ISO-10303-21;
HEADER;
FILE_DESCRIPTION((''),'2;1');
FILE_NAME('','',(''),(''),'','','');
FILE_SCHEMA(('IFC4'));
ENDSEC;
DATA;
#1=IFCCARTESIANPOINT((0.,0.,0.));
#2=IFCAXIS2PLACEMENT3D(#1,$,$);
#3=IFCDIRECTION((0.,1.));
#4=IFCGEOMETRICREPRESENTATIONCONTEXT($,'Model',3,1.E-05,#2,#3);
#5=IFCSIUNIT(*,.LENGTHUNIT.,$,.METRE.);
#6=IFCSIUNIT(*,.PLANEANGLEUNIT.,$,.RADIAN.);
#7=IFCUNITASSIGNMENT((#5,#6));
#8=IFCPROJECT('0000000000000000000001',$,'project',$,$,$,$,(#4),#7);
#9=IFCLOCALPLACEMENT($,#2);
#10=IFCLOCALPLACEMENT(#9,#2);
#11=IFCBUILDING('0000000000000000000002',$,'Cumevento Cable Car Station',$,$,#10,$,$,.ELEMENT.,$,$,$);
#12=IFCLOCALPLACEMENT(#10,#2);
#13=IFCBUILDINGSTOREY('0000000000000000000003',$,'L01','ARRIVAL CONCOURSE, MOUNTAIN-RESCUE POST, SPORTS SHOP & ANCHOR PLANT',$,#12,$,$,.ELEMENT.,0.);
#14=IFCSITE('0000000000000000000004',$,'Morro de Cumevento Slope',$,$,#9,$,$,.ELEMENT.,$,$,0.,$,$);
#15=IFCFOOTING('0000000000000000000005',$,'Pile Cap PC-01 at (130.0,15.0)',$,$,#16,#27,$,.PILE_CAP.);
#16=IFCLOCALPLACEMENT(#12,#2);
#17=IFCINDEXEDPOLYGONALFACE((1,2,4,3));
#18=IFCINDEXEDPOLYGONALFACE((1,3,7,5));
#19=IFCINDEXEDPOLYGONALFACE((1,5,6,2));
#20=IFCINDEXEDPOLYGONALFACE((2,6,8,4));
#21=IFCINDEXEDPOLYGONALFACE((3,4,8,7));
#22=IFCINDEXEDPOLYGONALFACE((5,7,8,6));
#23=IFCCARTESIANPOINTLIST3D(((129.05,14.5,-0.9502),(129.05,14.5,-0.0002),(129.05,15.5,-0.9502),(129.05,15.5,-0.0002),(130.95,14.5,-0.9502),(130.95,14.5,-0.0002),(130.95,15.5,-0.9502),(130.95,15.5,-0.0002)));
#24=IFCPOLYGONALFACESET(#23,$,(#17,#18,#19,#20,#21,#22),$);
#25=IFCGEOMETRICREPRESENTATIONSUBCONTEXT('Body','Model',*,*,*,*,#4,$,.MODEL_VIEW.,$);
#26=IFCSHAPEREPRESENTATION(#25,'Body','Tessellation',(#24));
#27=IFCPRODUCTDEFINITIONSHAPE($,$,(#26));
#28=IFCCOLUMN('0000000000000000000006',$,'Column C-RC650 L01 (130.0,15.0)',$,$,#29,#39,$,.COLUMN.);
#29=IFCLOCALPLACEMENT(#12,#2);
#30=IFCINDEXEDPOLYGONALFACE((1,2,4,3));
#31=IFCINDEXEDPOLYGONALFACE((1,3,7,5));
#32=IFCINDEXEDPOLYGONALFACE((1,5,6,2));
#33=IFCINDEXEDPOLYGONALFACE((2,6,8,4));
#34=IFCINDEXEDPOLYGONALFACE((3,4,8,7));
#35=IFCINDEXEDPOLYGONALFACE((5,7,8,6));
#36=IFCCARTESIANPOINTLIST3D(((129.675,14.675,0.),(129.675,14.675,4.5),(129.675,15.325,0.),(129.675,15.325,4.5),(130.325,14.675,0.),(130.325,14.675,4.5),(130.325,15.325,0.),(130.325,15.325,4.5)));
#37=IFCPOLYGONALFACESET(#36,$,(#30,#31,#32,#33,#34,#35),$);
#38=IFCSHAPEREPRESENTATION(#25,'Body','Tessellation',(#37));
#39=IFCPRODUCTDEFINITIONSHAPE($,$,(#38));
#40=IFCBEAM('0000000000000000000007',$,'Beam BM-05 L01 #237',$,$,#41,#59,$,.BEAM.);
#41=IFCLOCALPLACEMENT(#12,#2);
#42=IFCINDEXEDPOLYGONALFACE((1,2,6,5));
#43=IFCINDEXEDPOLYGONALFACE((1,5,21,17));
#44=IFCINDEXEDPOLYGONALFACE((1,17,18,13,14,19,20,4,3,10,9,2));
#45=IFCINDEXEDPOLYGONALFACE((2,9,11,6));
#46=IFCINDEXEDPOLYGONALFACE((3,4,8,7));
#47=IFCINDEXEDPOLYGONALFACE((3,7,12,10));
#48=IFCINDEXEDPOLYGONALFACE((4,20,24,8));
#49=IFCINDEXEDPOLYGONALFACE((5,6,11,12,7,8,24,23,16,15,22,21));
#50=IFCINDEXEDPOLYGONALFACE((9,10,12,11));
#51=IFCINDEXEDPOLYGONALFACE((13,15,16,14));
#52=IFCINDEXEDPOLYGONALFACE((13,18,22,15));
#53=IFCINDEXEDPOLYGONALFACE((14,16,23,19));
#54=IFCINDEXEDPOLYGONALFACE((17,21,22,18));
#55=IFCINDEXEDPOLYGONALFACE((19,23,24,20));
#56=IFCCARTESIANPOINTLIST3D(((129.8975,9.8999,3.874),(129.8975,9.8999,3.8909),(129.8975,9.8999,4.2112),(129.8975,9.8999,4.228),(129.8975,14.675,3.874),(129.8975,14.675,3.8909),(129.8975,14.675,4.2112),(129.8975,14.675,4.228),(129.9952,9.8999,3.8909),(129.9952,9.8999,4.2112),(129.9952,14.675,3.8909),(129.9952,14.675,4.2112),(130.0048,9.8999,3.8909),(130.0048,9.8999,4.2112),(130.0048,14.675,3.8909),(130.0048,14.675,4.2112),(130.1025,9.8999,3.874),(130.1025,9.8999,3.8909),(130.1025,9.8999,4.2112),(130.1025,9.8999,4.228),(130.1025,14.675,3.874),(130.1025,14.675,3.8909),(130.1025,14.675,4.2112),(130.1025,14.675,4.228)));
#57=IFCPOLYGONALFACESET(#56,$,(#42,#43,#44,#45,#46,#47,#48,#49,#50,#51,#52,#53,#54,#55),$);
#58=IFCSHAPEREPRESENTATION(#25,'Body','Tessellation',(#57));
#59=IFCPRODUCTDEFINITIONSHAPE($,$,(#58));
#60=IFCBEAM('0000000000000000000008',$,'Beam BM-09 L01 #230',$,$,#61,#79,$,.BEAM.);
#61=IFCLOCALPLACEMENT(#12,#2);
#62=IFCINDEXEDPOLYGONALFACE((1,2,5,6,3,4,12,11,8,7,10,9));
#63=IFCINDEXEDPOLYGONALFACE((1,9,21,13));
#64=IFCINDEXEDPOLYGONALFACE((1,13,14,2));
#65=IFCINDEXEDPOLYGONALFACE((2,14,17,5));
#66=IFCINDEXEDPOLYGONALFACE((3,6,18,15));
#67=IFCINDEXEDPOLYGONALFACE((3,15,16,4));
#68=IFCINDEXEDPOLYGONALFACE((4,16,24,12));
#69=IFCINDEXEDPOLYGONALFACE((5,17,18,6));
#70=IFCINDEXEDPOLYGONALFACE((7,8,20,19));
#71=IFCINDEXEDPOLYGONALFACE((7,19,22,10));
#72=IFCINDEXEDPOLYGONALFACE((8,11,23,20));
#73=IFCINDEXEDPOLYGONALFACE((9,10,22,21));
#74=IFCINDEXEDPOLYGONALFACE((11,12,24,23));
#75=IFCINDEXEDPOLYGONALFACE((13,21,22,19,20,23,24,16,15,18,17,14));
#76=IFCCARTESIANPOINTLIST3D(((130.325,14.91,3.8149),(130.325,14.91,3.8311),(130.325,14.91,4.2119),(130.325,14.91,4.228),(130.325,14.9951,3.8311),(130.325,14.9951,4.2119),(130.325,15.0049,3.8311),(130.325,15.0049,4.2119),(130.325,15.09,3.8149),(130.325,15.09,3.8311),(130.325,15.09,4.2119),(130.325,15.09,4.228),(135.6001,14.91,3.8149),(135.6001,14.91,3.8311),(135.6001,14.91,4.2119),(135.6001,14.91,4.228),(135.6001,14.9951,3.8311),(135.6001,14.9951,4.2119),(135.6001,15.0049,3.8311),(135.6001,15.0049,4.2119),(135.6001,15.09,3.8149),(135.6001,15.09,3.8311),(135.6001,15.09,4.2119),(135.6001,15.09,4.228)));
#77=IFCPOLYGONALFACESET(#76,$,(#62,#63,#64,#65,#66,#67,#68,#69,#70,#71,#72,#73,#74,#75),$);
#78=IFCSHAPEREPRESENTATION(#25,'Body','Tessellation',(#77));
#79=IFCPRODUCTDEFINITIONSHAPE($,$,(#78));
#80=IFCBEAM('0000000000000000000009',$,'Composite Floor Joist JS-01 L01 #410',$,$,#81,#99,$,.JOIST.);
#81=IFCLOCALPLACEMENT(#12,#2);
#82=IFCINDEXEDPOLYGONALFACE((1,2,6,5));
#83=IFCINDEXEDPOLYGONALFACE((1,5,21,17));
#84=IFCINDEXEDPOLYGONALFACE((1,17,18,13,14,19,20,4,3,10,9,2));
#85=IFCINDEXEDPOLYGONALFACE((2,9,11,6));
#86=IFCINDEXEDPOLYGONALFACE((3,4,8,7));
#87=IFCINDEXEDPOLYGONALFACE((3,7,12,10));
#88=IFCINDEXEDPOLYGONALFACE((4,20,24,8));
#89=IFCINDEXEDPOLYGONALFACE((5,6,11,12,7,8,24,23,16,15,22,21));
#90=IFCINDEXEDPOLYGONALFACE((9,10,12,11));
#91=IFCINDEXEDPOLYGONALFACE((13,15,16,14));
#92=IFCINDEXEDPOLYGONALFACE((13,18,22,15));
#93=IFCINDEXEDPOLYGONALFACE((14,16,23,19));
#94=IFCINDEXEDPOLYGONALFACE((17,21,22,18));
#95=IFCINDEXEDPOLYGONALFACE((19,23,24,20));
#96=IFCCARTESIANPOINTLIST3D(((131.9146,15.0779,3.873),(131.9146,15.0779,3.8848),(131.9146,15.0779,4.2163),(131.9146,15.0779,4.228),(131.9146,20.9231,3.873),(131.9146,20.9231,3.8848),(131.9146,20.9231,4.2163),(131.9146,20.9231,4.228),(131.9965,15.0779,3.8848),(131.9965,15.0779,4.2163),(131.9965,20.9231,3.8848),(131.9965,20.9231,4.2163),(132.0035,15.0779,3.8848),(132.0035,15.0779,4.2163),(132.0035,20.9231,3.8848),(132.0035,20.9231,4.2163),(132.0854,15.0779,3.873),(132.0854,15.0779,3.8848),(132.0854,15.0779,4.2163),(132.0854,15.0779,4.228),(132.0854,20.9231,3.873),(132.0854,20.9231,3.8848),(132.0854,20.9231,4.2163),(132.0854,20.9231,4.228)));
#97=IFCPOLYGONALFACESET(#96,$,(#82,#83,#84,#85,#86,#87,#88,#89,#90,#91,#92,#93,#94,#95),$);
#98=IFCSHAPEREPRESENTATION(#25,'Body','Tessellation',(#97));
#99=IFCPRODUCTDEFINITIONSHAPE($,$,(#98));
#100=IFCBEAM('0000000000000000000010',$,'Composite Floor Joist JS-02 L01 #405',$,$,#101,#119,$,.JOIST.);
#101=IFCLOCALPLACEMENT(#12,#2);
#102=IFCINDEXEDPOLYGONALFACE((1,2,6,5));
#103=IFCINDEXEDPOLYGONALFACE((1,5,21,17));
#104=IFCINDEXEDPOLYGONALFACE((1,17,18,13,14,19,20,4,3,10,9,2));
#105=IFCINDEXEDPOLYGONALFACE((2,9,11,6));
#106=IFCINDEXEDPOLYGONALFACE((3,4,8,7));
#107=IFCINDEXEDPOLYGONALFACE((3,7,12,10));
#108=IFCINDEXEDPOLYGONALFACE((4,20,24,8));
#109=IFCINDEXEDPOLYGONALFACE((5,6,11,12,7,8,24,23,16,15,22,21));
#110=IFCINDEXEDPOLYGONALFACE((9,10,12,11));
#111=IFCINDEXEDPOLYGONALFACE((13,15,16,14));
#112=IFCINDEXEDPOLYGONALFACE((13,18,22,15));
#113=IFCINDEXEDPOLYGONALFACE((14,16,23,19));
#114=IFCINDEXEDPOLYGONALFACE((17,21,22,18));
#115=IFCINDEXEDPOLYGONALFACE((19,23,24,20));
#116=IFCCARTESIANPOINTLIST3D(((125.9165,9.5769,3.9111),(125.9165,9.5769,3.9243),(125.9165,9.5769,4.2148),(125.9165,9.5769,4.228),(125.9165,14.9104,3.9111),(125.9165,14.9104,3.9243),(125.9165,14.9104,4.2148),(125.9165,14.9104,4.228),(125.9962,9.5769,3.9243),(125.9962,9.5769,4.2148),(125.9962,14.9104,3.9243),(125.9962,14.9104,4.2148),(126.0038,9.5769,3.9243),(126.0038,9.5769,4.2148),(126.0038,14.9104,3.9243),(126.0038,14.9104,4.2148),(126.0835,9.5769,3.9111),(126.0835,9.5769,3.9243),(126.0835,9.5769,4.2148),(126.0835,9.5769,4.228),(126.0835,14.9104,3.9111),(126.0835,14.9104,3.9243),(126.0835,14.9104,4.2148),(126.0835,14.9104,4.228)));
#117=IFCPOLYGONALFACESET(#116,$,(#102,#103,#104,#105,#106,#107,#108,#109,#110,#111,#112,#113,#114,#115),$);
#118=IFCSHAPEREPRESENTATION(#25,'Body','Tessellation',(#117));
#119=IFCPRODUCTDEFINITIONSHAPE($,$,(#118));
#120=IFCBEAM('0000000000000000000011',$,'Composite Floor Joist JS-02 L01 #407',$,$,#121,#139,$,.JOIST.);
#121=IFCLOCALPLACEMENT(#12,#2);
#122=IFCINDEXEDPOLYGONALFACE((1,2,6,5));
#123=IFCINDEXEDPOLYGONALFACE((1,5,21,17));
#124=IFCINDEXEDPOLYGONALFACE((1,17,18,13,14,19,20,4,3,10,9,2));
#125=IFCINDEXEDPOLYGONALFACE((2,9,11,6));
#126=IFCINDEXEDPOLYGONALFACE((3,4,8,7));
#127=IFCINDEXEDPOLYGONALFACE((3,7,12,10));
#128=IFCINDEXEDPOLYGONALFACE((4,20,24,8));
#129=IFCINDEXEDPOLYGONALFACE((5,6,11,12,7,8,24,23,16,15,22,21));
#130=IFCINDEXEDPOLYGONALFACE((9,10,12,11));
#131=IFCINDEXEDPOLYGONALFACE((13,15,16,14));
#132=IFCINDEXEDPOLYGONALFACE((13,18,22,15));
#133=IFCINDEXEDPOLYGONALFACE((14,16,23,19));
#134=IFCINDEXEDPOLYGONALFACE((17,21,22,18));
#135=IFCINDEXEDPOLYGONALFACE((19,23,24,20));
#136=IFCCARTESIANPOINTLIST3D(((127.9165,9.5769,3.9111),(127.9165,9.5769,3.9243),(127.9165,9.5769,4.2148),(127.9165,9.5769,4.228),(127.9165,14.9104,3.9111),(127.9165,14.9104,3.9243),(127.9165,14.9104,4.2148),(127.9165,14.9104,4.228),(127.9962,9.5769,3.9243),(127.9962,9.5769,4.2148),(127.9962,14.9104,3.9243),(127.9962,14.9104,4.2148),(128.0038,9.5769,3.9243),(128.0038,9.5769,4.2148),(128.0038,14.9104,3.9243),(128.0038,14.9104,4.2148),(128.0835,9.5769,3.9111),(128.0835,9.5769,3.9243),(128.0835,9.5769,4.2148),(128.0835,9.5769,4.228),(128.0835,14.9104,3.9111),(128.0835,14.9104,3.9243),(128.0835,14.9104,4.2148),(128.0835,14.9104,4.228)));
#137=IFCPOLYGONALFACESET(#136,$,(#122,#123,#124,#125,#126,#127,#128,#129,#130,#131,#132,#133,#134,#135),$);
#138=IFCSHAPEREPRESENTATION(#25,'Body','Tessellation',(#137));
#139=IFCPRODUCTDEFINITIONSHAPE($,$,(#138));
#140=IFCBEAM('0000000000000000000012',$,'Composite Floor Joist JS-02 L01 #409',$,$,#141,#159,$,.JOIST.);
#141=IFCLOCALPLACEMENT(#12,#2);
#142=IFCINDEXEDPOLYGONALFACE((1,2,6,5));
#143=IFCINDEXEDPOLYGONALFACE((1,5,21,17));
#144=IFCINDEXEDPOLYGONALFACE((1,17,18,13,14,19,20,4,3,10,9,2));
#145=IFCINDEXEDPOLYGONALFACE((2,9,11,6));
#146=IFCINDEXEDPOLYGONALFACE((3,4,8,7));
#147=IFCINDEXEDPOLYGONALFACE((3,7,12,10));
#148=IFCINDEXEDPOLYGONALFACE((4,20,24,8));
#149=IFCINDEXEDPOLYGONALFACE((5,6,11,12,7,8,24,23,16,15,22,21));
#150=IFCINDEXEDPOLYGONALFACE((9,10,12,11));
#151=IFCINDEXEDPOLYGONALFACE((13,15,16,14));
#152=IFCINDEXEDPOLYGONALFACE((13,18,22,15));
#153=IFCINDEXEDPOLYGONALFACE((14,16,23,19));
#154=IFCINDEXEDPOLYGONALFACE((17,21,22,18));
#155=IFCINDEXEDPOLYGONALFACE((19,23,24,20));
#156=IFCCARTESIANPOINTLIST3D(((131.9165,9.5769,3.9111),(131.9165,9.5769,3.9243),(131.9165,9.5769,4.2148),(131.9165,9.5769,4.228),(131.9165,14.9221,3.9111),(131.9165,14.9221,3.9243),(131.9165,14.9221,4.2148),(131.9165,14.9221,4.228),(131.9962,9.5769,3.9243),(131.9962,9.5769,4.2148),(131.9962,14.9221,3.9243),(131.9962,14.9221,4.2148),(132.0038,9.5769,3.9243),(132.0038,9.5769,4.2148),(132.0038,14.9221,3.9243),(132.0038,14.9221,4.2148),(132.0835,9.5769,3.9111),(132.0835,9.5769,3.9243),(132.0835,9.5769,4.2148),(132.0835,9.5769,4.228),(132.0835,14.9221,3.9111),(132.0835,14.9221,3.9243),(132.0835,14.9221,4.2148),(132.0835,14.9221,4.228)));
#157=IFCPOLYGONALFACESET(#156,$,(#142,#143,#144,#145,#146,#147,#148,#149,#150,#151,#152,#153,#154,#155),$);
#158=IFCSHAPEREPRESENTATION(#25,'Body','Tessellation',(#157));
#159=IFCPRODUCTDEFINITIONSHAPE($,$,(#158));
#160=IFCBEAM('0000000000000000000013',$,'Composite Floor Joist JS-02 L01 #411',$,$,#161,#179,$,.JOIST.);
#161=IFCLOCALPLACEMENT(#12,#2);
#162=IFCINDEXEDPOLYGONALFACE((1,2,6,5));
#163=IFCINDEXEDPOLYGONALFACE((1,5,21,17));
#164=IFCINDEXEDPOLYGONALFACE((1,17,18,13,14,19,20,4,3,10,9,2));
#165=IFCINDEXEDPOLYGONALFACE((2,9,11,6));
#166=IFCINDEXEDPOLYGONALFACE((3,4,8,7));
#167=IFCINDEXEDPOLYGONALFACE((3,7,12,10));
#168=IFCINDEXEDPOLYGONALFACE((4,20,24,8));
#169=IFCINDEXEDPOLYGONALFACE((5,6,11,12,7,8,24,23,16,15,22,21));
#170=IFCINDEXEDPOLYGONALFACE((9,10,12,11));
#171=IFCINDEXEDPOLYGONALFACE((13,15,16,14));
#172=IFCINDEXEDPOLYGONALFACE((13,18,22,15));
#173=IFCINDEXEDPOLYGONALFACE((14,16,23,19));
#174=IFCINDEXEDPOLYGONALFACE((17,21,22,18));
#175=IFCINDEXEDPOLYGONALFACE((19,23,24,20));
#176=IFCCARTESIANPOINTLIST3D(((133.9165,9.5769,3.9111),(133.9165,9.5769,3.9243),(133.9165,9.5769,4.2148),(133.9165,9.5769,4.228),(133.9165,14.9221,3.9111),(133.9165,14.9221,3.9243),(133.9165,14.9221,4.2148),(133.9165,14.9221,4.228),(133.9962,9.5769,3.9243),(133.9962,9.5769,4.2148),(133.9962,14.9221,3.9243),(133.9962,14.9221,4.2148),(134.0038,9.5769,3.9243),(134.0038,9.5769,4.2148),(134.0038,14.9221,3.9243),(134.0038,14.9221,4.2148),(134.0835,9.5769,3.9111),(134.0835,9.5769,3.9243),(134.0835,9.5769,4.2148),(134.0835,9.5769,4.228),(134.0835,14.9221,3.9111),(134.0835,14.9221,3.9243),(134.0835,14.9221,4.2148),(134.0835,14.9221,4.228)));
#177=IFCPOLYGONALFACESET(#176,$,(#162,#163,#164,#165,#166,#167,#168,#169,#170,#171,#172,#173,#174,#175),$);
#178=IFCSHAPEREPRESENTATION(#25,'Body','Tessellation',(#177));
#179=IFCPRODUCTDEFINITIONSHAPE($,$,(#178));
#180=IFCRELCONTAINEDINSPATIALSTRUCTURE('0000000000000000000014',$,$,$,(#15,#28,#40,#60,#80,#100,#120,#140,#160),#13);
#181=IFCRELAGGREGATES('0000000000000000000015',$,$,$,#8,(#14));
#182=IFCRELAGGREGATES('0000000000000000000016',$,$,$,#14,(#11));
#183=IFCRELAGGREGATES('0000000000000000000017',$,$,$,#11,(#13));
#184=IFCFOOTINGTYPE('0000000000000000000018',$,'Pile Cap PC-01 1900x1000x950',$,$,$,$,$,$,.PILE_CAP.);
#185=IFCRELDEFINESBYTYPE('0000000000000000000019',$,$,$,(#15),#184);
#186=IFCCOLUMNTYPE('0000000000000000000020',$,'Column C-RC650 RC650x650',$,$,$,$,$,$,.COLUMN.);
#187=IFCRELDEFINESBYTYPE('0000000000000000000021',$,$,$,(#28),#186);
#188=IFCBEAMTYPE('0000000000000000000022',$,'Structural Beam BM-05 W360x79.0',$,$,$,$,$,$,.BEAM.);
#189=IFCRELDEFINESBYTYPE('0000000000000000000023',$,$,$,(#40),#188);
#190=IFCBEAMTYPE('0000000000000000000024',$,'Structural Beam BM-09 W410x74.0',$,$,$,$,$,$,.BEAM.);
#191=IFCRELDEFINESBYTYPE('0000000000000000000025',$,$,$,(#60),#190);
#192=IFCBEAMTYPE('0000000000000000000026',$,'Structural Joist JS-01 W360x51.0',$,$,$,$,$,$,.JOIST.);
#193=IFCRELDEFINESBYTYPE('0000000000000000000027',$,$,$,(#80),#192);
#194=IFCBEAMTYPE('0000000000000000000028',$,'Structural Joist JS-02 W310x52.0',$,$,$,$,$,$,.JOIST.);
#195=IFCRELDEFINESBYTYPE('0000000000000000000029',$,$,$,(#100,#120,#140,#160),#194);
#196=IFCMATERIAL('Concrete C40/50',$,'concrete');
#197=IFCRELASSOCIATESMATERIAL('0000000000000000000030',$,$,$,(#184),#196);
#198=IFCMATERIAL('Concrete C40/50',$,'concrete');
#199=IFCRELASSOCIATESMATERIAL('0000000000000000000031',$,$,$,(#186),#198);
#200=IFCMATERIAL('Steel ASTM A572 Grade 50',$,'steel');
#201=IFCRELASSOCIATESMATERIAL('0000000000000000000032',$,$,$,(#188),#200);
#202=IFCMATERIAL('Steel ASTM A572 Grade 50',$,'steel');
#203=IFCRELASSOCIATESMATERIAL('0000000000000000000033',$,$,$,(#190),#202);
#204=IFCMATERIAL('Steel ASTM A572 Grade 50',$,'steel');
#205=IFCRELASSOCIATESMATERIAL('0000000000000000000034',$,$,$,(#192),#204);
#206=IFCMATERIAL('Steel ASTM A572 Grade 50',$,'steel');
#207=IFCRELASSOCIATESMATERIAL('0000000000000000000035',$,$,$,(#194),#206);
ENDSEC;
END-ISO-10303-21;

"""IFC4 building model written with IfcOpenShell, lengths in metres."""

from ifc_helpers import new_model, si_unit, direction, frame, origin, origin_2d, place, context, subcontext, project, spatial, rectangle, i_section, extrude, material, material_profile, profile_set, type_object, element, save


model = new_model("IFC4")

# Units and contexts
model_context = context("Model", 3, precision=1e-05, world=origin(), true_north=direction((0.0, 1.0)))
body_context = subcontext(model_context, "Body", "Model", "MODEL_VIEW")
ifc_project = project(units=[si_unit("LENGTHUNIT", "METRE"), si_unit("PLANEANGLEUNIT", "RADIAN")], contexts=[model_context])

# Site, building, storey
site_placement = place(None, origin())
site = spatial("IfcSite", under=ifc_project, at=site_placement, Name="Morro de Cumevento Slope", CompositionType="ELEMENT", RefElevation=0.0)
building_placement = place(site_placement, origin())
building = spatial("IfcBuilding", under=site, at=building_placement, Name="Cumevento Cable Car Station", CompositionType="ELEMENT")
storey_placement = place(building_placement, origin())
storey = spatial("IfcBuildingStorey", under=building, at=storey_placement, Name="L01", Description="ARRIVAL CONCOURSE, MOUNTAIN-RESCUE POST, SPORTS SHOP & ANCHOR PLANT", CompositionType="ELEMENT", Elevation=0.0)

# Footing
ifc_material_1 = material(Name="Concrete C40/50", Category="concrete")
footing_type = type_object("IfcFootingType", Name="Pile Cap PC-01 1900x1000x950", PredefinedType="PILE_CAP", material=ifc_material_1)
footing_placement = place(storey_placement, frame((130.0, 15.0, -0.9502), z_axis=(0.0, 0.0, 1.0), x_axis=(1.0, 0.0, 0.0)))
element("IfcFooting", 1, at=footing_placement, inside=storey, type_object=footing_type, Name="Pile Cap PC-01 at (130.0,15.0)", PredefinedType="PILE_CAP", context=body_context, shape_type="SweptSolid", body=[
    extrude(rectangle(XDim=1.8999, YDim=1.0, at=origin_2d()), origin(), (0.0, 0.0, 1.0), 0.95),
])

# Column
ifc_material_2 = material(Name="Concrete C40/50", Category="concrete")
ifc_material_profile_1 = material_profile(ifc_material_2, rectangle(XDim=0.6499, YDim=0.6499, at=origin_2d()), Name="RC650x650")
ifc_profile_set_1 = profile_set([ifc_material_profile_1], Name="Concrete C40/50")
column_type = type_object("IfcColumnType", Name="Column C-RC650 RC650x650", PredefinedType="COLUMN", material=ifc_profile_set_1)
column_placement = place(storey_placement, frame((130.0, 15.0, 0.0), z_axis=(0.0, 0.0, 1.0), x_axis=(1.0, 0.0, 0.0)))
element("IfcColumn", 2, at=column_placement, inside=storey, type_object=column_type, Name="Column C-RC650 L01 (130.0,15.0)", PredefinedType="COLUMN", context=body_context, shape_type="SweptSolid", body=[
    extrude(rectangle(XDim=0.6499, YDim=0.6499, at=origin_2d()), origin(), (0.0, 0.0, 1.0), 4.5),
])

# Beams
ifc_material_3 = material(Name="Steel ASTM A572 Grade 50", Category="steel")
ifc_material_profile_2 = material_profile(ifc_material_3, i_section(OverallWidth=0.2051, OverallDepth=0.354, WebThickness=0.0095, FlangeThickness=0.0168, at=origin_2d()), Name="W360x79.0")
ifc_profile_set_2 = profile_set([ifc_material_profile_2], Name="Steel ASTM A572 Grade 50")
beam_type_1 = type_object("IfcBeamType", Name="Structural Beam BM-05 W360x79.0", PredefinedType="BEAM", material=ifc_profile_set_2)
beam_1_placement = place(storey_placement, frame((130.0, 9.8999, 4.051), z_axis=(0.0, 1.0, 0.0), x_axis=(-1.0, 0.0, 0.0)))
element("IfcBeam", 3, at=beam_1_placement, inside=storey, type_object=beam_type_1, Name="Beam BM-05 L01 #237", PredefinedType="BEAM", context=body_context, shape_type="SweptSolid", body=[
    extrude(i_section(OverallWidth=0.2051, OverallDepth=0.354, WebThickness=0.0095, FlangeThickness=0.0168, at=origin_2d()), origin(), (0.0, 0.0, 1.0), 4.7751),
])
ifc_material_4 = material(Name="Steel ASTM A572 Grade 50", Category="steel")
ifc_material_profile_3 = material_profile(ifc_material_4, i_section(OverallWidth=0.1799, OverallDepth=0.4131, WebThickness=0.0098, FlangeThickness=0.0161, at=origin_2d()), Name="W410x74.0")
ifc_profile_set_3 = profile_set([ifc_material_profile_3], Name="Steel ASTM A572 Grade 50")
beam_type_2 = type_object("IfcBeamType", Name="Structural Beam BM-09 W410x74.0", PredefinedType="BEAM", material=ifc_profile_set_3)
beam_2_placement = place(storey_placement, frame((130.325, 15.0, 4.0215), z_axis=(1.0, 0.0, 0.0), x_axis=(0.0, 1.0, 0.0)))
element("IfcBeam", 4, at=beam_2_placement, inside=storey, type_object=beam_type_2, Name="Beam BM-09 L01 #230", PredefinedType="BEAM", context=body_context, shape_type="SweptSolid", body=[
    extrude(i_section(OverallWidth=0.1799, OverallDepth=0.4131, WebThickness=0.0098, FlangeThickness=0.0161, at=origin_2d()), origin(), (0.0, 0.0, 1.0), 5.2751),
])
ifc_material_5 = material(Name="Steel ASTM A572 Grade 50", Category="steel")
ifc_material_profile_4 = material_profile(ifc_material_5, i_section(OverallWidth=0.1709, OverallDepth=0.355, WebThickness=0.0071, FlangeThickness=0.0117, at=origin_2d()), Name="W360x51.0")
ifc_profile_set_4 = profile_set([ifc_material_profile_4], Name="Steel ASTM A572 Grade 50")
beam_type_3 = type_object("IfcBeamType", Name="Structural Joist JS-01 W360x51.0", PredefinedType="JOIST", material=ifc_profile_set_4)
beam_3_placement = place(storey_placement, frame((132.0, 15.0779, 4.0505), z_axis=(0.0, 1.0, 0.0), x_axis=(-1.0, 0.0, 0.0)))
element("IfcBeam", 5, at=beam_3_placement, inside=storey, type_object=beam_type_3, Name="Composite Floor Joist JS-01 L01 #410", PredefinedType="JOIST", context=body_context, shape_type="SweptSolid", body=[
    extrude(i_section(OverallWidth=0.1709, OverallDepth=0.355, WebThickness=0.0071, FlangeThickness=0.0117, at=origin_2d()), origin(), (0.0, 0.0, 1.0), 5.8452),
])
ifc_material_6 = material(Name="Steel ASTM A572 Grade 50", Category="steel")
ifc_material_profile_5 = material_profile(ifc_material_6, i_section(OverallWidth=0.167, OverallDepth=0.3169, WebThickness=0.0076, FlangeThickness=0.0132, at=origin_2d()), Name="W310x52.0")
ifc_profile_set_5 = profile_set([ifc_material_profile_5], Name="Steel ASTM A572 Grade 50")
beam_type_4 = type_object("IfcBeamType", Name="Structural Joist JS-02 W310x52.0", PredefinedType="JOIST", material=ifc_profile_set_5)
for number, where, z_axis, x_axis, name in (
    (6, (126.0, 9.5769, 4.0696), (0.0, 1.0, 0.0), (-1.0, 0.0, 0.0), "Composite Floor Joist JS-02 L01 #405"),
    (7, (128.0, 9.5769, 4.0696), (0.0, 1.0, 0.0), (-1.0, 0.0, 0.0), "Composite Floor Joist JS-02 L01 #407"),
):
    element("IfcBeam", number, at=place(storey_placement, frame(where, z_axis=z_axis, x_axis=x_axis)), inside=storey, type_object=beam_type_4, Name=name, PredefinedType="JOIST", context=body_context, shape_type="SweptSolid", body=[
        extrude(i_section(OverallWidth=0.167, OverallDepth=0.3169, WebThickness=0.0076, FlangeThickness=0.0132, at=origin_2d()), origin(), (0.0, 0.0, 1.0), 5.3335),
    ])
for number, where, z_axis, x_axis, name in (
    (8, (132.0, 9.5769, 4.0696), (0.0, 1.0, 0.0), (-1.0, 0.0, 0.0), "Composite Floor Joist JS-02 L01 #409"),
    (9, (134.0, 9.5769, 4.0696), (0.0, 1.0, 0.0), (-1.0, 0.0, 0.0), "Composite Floor Joist JS-02 L01 #411"),
):
    element("IfcBeam", number, at=place(storey_placement, frame(where, z_axis=z_axis, x_axis=x_axis)), inside=storey, type_object=beam_type_4, Name=name, PredefinedType="JOIST", context=body_context, shape_type="SweptSolid", body=[
        extrude(i_section(OverallWidth=0.167, OverallDepth=0.3169, WebThickness=0.0076, FlangeThickness=0.0132, at=origin_2d()), origin(), (0.0, 0.0, 1.0), 5.3452),
    ])

save(model, "model.ifc")
